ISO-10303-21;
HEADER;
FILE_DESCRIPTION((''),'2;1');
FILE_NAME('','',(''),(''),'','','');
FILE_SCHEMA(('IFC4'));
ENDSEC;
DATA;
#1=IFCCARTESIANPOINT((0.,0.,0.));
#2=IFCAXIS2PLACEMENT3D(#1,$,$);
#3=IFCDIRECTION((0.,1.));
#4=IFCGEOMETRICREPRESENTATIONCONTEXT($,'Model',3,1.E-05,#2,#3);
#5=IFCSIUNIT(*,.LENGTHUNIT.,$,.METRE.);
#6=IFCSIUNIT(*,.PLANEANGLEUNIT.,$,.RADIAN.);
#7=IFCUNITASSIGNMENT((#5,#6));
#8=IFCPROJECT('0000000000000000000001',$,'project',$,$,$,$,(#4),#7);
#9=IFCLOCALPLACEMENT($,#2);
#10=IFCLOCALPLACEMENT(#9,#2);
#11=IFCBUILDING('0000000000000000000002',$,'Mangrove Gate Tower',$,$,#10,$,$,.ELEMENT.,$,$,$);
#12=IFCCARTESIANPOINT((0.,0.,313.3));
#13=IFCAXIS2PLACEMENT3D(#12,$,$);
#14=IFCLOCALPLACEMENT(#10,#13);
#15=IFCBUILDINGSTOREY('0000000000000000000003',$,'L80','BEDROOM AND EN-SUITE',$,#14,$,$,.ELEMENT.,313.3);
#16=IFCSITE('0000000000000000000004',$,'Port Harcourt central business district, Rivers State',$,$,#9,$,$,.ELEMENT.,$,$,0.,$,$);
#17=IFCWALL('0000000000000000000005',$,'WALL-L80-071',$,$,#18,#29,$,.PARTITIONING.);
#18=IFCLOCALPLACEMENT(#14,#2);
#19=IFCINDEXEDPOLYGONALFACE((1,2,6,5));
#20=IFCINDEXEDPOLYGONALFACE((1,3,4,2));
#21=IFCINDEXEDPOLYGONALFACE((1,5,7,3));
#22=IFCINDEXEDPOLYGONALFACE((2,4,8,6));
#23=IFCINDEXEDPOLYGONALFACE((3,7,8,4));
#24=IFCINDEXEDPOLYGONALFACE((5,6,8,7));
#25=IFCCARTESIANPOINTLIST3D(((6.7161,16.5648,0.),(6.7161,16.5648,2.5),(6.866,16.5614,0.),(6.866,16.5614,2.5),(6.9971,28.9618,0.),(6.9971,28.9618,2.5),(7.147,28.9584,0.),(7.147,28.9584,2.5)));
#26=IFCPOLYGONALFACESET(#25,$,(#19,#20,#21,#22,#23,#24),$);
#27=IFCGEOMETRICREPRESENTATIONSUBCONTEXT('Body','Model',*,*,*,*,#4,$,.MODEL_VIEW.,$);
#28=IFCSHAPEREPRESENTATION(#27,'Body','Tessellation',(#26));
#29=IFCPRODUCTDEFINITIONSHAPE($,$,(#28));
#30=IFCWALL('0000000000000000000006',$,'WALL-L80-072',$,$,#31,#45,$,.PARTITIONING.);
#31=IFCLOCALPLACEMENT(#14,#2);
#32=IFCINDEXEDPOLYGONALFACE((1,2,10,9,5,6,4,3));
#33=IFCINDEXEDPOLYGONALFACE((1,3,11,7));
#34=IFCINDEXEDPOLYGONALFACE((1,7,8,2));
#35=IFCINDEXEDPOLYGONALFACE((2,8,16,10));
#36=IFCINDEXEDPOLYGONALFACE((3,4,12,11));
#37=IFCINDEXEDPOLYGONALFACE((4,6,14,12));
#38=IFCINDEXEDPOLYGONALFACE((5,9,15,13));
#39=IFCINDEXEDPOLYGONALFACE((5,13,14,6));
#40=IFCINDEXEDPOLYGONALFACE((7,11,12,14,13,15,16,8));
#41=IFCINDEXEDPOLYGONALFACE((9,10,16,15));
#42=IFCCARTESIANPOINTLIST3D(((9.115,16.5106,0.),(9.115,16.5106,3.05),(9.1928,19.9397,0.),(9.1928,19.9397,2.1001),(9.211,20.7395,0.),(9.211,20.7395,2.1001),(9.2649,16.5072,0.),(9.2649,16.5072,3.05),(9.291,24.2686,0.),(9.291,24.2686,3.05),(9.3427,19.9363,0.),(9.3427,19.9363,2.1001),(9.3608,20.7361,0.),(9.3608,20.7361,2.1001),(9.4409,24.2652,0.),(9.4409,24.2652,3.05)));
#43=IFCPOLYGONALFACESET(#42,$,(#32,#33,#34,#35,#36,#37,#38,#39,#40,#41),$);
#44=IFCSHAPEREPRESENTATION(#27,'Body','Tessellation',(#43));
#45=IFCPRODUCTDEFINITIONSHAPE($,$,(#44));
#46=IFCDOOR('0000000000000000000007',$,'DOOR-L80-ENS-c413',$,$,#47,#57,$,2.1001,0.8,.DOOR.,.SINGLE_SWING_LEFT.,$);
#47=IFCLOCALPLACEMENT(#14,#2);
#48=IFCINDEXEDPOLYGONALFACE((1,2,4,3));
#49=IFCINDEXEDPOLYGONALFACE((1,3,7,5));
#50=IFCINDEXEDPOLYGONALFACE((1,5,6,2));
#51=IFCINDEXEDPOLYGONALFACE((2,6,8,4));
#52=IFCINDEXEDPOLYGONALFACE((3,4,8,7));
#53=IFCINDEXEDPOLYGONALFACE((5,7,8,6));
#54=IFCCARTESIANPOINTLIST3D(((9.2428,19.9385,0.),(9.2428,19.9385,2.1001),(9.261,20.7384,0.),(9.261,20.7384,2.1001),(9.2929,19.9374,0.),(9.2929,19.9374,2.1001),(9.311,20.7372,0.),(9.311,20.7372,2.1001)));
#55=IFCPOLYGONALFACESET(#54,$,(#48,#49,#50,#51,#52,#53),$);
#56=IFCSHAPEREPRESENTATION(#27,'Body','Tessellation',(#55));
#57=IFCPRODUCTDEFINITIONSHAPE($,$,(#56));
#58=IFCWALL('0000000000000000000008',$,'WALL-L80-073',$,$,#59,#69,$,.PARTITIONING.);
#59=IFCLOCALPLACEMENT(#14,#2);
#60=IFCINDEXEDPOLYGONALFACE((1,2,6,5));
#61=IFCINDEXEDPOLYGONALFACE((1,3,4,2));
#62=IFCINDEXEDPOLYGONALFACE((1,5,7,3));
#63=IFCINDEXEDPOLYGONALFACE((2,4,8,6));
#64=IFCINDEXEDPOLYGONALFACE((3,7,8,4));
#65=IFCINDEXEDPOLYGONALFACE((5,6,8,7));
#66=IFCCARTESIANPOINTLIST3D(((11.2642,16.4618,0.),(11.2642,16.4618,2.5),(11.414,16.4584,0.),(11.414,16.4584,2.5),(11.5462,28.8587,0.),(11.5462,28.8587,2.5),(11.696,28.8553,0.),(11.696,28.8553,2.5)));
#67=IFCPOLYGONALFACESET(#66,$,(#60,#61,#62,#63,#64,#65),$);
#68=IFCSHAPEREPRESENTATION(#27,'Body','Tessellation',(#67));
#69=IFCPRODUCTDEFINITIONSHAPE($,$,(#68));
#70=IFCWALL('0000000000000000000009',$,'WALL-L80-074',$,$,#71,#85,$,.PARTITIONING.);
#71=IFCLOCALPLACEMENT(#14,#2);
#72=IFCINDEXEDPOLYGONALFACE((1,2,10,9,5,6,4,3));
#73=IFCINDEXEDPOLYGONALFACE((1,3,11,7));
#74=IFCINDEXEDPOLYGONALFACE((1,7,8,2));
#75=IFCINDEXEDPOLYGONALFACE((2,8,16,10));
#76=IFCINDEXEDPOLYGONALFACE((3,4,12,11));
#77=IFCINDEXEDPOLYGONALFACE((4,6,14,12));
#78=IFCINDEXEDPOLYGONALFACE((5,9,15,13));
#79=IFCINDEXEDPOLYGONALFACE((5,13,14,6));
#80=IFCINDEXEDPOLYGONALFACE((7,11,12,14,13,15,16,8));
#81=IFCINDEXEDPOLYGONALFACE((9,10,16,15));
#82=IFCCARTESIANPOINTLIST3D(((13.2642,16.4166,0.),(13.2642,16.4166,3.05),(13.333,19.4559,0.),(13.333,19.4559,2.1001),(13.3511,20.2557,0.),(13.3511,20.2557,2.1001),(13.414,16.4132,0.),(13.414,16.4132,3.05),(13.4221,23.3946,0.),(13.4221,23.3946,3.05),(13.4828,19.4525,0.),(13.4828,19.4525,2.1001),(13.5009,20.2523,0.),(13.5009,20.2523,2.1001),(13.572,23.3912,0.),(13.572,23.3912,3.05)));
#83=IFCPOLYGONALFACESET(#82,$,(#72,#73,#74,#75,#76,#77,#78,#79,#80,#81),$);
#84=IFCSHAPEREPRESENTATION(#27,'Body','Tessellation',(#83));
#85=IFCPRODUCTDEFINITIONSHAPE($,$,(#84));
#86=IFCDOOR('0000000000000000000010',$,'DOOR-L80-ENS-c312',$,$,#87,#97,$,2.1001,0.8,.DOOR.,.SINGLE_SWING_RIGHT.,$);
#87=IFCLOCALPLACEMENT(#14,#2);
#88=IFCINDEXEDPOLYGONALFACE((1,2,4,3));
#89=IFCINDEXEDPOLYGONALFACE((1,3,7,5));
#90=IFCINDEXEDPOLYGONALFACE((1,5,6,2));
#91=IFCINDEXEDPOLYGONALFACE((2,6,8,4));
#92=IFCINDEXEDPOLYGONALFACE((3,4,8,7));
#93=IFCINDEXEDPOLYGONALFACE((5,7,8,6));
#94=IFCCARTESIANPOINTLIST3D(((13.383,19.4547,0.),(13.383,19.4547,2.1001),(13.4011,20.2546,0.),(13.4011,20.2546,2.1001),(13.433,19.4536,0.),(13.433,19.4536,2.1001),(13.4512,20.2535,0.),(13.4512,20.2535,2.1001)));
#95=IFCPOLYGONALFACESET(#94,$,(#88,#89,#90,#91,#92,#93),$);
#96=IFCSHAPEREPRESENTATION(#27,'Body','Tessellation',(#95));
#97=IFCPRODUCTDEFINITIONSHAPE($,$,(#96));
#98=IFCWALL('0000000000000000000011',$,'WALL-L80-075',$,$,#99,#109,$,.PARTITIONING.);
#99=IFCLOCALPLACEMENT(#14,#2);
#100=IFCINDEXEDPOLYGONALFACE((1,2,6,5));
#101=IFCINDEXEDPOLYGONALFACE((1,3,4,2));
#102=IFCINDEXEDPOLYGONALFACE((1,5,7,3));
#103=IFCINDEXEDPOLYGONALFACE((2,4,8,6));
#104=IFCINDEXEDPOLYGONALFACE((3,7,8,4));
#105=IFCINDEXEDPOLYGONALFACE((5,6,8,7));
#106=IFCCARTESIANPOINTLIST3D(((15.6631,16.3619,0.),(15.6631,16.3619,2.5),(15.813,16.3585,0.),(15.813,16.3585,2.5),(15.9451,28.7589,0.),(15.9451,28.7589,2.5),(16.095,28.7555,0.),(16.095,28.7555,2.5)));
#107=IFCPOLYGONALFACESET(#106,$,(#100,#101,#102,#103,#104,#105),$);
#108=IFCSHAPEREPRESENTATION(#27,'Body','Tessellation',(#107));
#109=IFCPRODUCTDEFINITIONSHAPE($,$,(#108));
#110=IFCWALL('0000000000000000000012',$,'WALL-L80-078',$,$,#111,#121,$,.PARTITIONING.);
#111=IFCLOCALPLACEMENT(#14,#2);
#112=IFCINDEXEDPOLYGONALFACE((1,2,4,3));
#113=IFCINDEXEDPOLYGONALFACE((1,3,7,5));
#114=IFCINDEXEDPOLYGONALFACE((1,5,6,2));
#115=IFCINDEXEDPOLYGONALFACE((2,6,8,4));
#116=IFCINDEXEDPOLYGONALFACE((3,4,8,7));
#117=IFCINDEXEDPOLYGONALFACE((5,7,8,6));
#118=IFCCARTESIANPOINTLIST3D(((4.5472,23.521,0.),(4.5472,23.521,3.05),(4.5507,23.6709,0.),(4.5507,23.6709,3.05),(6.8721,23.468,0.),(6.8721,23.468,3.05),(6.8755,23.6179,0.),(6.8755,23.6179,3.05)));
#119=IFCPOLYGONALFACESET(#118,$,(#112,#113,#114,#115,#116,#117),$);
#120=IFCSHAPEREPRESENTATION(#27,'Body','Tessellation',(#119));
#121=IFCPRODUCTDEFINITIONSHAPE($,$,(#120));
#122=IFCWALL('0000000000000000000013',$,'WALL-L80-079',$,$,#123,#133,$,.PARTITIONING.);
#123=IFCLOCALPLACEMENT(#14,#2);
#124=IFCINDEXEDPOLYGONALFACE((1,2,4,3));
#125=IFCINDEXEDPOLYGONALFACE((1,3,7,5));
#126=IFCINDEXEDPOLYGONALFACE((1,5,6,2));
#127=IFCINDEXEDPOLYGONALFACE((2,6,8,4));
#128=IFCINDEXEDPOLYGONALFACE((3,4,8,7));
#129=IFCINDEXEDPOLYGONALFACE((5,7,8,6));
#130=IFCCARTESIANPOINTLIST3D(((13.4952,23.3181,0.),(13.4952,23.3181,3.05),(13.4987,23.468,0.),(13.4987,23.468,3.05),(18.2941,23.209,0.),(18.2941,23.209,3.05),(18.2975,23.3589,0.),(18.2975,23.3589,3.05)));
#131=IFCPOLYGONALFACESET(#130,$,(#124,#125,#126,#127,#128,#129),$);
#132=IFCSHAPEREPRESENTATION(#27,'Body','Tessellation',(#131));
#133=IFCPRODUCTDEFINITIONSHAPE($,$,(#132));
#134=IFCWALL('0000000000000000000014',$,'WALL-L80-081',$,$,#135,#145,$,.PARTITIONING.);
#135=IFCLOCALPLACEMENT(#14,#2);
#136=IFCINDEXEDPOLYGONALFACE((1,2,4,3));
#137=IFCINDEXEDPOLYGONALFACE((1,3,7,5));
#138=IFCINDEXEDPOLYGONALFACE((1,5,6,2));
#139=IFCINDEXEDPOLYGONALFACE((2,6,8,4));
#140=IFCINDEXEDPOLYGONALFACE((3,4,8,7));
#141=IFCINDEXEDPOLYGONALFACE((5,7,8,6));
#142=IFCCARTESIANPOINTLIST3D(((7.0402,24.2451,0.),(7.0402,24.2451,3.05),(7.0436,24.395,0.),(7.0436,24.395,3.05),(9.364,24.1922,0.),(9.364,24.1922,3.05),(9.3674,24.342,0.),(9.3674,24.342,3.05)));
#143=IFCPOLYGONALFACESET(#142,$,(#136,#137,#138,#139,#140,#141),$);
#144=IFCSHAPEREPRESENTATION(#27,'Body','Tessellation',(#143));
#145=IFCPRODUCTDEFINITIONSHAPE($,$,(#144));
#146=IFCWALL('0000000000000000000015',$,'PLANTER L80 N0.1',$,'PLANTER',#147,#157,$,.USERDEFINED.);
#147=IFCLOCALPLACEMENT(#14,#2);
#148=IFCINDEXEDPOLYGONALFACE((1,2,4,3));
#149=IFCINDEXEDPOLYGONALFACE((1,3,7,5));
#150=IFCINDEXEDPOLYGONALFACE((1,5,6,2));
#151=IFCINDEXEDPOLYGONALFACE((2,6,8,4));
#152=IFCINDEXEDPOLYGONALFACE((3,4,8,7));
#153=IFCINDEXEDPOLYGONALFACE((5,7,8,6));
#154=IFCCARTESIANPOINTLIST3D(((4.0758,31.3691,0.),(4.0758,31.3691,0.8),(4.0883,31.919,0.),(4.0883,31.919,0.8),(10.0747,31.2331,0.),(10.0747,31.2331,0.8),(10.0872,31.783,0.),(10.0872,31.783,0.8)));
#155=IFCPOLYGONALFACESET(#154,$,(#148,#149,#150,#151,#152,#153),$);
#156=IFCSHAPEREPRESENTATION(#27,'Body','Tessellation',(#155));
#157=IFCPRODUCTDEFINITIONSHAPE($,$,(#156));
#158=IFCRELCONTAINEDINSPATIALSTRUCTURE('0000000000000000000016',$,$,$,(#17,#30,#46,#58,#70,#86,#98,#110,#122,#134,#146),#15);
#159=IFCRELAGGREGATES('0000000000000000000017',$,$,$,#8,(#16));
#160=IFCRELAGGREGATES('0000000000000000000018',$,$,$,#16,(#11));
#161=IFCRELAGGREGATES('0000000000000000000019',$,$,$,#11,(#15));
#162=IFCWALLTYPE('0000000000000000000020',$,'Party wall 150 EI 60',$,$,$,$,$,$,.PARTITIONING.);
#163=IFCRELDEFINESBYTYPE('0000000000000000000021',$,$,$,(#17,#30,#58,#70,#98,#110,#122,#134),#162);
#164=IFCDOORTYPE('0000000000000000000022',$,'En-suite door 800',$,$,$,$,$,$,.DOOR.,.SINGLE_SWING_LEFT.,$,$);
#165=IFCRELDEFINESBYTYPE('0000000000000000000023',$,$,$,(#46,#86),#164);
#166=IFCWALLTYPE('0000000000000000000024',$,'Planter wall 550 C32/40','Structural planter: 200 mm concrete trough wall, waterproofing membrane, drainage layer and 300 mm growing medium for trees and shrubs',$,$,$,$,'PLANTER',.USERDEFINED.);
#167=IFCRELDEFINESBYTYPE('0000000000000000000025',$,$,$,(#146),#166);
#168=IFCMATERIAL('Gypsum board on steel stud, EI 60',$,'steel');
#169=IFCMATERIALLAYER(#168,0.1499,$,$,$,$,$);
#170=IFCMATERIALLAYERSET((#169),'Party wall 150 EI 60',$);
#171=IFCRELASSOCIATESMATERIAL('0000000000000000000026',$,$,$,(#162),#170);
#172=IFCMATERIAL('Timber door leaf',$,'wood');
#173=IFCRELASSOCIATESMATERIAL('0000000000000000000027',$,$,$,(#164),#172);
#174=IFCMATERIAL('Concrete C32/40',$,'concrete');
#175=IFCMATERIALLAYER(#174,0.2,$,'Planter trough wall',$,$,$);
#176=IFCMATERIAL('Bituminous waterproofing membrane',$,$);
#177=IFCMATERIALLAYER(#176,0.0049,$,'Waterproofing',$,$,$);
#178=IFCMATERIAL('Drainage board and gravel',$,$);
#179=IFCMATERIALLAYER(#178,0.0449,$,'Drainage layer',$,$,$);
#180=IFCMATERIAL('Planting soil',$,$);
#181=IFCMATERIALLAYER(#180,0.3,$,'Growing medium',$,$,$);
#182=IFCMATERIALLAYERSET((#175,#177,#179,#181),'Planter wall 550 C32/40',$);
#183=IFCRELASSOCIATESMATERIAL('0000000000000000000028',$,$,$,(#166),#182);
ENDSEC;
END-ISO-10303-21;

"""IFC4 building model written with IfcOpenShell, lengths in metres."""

from ifc_helpers import new_model, si_unit, direction, frame, frame_2d, origin, place, context, subcontext, project, spatial, rectangle, extrude, material, layer, layer_set, type_object, element, fill, save


model = new_model("IFC4")

# Units and contexts
model_context = context("Model", 3, precision=1e-05, world=origin(), true_north=direction((0.0, 1.0)))
body_context = subcontext(model_context, "Body", "Model", "MODEL_VIEW")
ifc_project = project(units=[si_unit("LENGTHUNIT", "METRE"), si_unit("PLANEANGLEUNIT", "RADIAN")], contexts=[model_context])

# Site, building, storey
site_placement = place(None, origin())
site = spatial("IfcSite", under=ifc_project, at=site_placement, Name="Port Harcourt central business district, Rivers State", CompositionType="ELEMENT", RefElevation=0.0)
building_placement = place(site_placement, origin())
building = spatial("IfcBuilding", under=site, at=building_placement, Name="Mangrove Gate Tower", CompositionType="ELEMENT")
storey_placement = place(building_placement, frame((0.0, 0.0, 313.3)))
storey = spatial("IfcBuildingStorey", under=building, at=storey_placement, Name="L80", Description="BEDROOM AND EN-SUITE", CompositionType="ELEMENT", Elevation=313.3)

# Shared definitions
ifc_material_1 = material(Name="Gypsum board on steel stud, EI 60", Category="steel")
ifc_layer_1 = layer(ifc_material_1, 0.1499)
ifc_layer_set_1 = layer_set([ifc_layer_1], Name="Party wall 150 EI 60")
wall_type_1 = type_object("IfcWallType", Name="Party wall 150 EI 60", PredefinedType="PARTITIONING", material=ifc_layer_set_1)
ifc_material_2 = material(Name="Timber door leaf", Category="wood")
door_type_1 = type_object("IfcDoorType", Name="En-suite door 800", OperationType="SINGLE_SWING_LEFT", PredefinedType="DOOR", material=ifc_material_2)

# Wall
wall_1_placement = place(storey_placement, frame((6.791, 16.563, 0.0), z_axis=(0.0, 0.0, 1.0), x_axis=(0.022661, 0.999743, 0.0)))
element("IfcWall", 1, at=wall_1_placement, inside=storey, type_object=wall_type_1, Name="WALL-L80-071", PredefinedType="PARTITIONING", context=body_context, shape_type="SweptSolid", body=[
    extrude(rectangle(XDim=12.4001, YDim=0.1499, at=frame_2d((6.2002, 0.0))), origin(), (0.0, 0.0, 1.0), 2.5),
])

# Wall, opening, door
wall_2_placement = place(storey_placement, frame((9.1899, 16.509, 0.0), z_axis=(0.0, 0.0, 1.0), x_axis=(0.022684, 0.999743, 0.0)))
wall_2 = element("IfcWall", 2, at=wall_2_placement, inside=storey, type_object=wall_type_1, Name="WALL-L80-072", PredefinedType="PARTITIONING", context=body_context, shape_type="SweptSolid", body=[
    extrude(rectangle(XDim=7.76, YDim=0.1499, at=frame_2d((3.8799, 0.0))), origin(), (0.0, 0.0, 1.0), 3.05),
])
opening_1_placement = place(wall_2_placement, frame((3.4299, 0.0, 0.0)))
opening_1 = element("IfcOpeningElement", 3, at=opening_1_placement, cuts=wall_2, PredefinedType="OPENING", context=body_context, shape_type="SweptSolid", body=[
    extrude(rectangle(XDim=0.8, YDim=2.1001, at=frame_2d((0.3999, 1.05))), frame((0.0, 0.085, 0.0), z_axis=(0.0, -1.0, 0.0), x_axis=(1.0, 0.0, 0.0)), (0.0, 0.0, 1.0), 0.1699),
])
door_1_placement = place(opening_1_placement, origin())
door_1 = element("IfcDoor", 4, at=door_1_placement, inside=storey, type_object=door_type_1, Name="DOOR-L80-ENS-c413", OperationType="SINGLE_SWING_LEFT", OverallHeight=2.1001, OverallWidth=0.8, PredefinedType="DOOR", context=body_context, shape_type="SweptSolid", body=[
    extrude(rectangle(XDim=0.8, YDim=2.1001, at=frame_2d((0.3999, 1.05))), frame((0.0, 0.0249, 0.0), z_axis=(0.0, -1.0, 0.0), x_axis=(1.0, 0.0, 0.0)), (0.0, 0.0, 1.0), 0.05),
])
fill(opening_1, door_1)

# Wall
wall_3_placement = place(storey_placement, frame((11.3391, 16.46, 0.0), z_axis=(0.0, 0.0, 1.0), x_axis=(0.02274, 0.999741, 0.0)))
element("IfcWall", 5, at=wall_3_placement, inside=storey, type_object=wall_type_1, Name="WALL-L80-073", PredefinedType="PARTITIONING", context=body_context, shape_type="SweptSolid", body=[
    extrude(rectangle(XDim=12.4001, YDim=0.1499, at=frame_2d((6.2002, 0.0))), origin(), (0.0, 0.0, 1.0), 2.5),
])

# Wall, opening, door
wall_4_placement = place(storey_placement, frame((13.3391, 16.415, 0.0), z_axis=(0.0, 0.0, 1.0), x_axis=(0.022631, 0.999744, 0.0)))
wall_4 = element("IfcWall", 6, at=wall_4_placement, inside=storey, type_object=wall_type_1, Name="WALL-L80-074", PredefinedType="PARTITIONING", context=body_context, shape_type="SweptSolid", body=[
    extrude(rectangle(XDim=6.9797, YDim=0.1499, at=frame_2d((3.4897, 0.0))), origin(), (0.0, 0.0, 1.0), 3.05),
])
opening_2_placement = place(wall_4_placement, frame((3.04, 0.0, 0.0)))
opening_2 = element("IfcOpeningElement", 7, at=opening_2_placement, cuts=wall_4, PredefinedType="OPENING", context=body_context, shape_type="SweptSolid", body=[
    extrude(rectangle(XDim=0.8, YDim=2.1001, at=frame_2d((0.3999, 1.05))), frame((0.0, 0.085, 0.0), z_axis=(0.0, -1.0, 0.0), x_axis=(1.0, 0.0, 0.0)), (0.0, 0.0, 1.0), 0.1699),
])
door_2_placement = place(opening_2_placement, origin())
door_2 = element("IfcDoor", 8, at=door_2_placement, inside=storey, type_object=door_type_1, Name="DOOR-L80-ENS-c312", OperationType="SINGLE_SWING_RIGHT", OverallHeight=2.1001, OverallWidth=0.8, PredefinedType="DOOR", context=body_context, shape_type="SweptSolid", body=[
    extrude(rectangle(XDim=0.8, YDim=2.1001, at=frame_2d((0.3999, 1.05))), frame((0.0, 0.0249, 0.0), z_axis=(0.0, -1.0, 0.0), x_axis=(1.0, 0.0, 0.0)), (0.0, 0.0, 1.0), 0.05),
])
fill(opening_2, door_2)

# Walls
wall_5_placement = place(storey_placement, frame((15.738, 16.3601, 0.0), z_axis=(0.0, 0.0, 1.0), x_axis=(0.02274, 0.999741, 0.0)))
element("IfcWall", 9, at=wall_5_placement, inside=storey, type_object=wall_type_1, Name="WALL-L80-075", PredefinedType="PARTITIONING", context=body_context, shape_type="SweptSolid", body=[
    extrude(rectangle(XDim=12.4001, YDim=0.1499, at=frame_2d((6.2002, 0.0))), origin(), (0.0, 0.0, 1.0), 2.5),
])
wall_6_placement = place(storey_placement, frame((4.5491, 23.5959, 0.0), z_axis=(0.0, 0.0, 1.0), x_axis=(0.99974, -0.022781, 0.0)))
element("IfcWall", 10, at=wall_6_placement, inside=storey, type_object=wall_type_1, Name="WALL-L80-078", PredefinedType="PARTITIONING", context=body_context, shape_type="SweptSolid", body=[
    extrude(rectangle(XDim=2.3254, YDim=0.1499, at=frame_2d((1.1626, 0.0))), origin(), (0.0, 0.0, 1.0), 3.05),
])
wall_7_placement = place(storey_placement, frame((13.4971, 23.3931, 0.0), z_axis=(0.0, 0.0, 1.0), x_axis=(0.999742, -0.022735, 0.0)))
element("IfcWall", 11, at=wall_7_placement, inside=storey, type_object=wall_type_1, Name="WALL-L80-079", PredefinedType="PARTITIONING", context=body_context, shape_type="SweptSolid", body=[
    extrude(rectangle(XDim=4.8, YDim=0.1499, at=frame_2d((2.3999, 0.0))), origin(), (0.0, 0.0, 1.0), 3.05),
])
wall_8_placement = place(storey_placement, frame((7.042, 24.3201, 0.0), z_axis=(0.0, 0.0, 1.0), x_axis=(0.99974, -0.022791, 0.0)))
element("IfcWall", 12, at=wall_8_placement, inside=storey, type_object=wall_type_1, Name="WALL-L80-081", PredefinedType="PARTITIONING", context=body_context, shape_type="SweptSolid", body=[
    extrude(rectangle(XDim=2.3245, YDim=0.1499, at=frame_2d((1.1621, 0.0))), origin(), (0.0, 0.0, 1.0), 3.05),
])
ifc_material_3 = material(Name="Concrete C32/40", Category="concrete")
ifc_layer_2 = layer(ifc_material_3, 0.2, Name="Planter trough wall")
ifc_material_4 = material(Name="Bituminous waterproofing membrane")
ifc_layer_3 = layer(ifc_material_4, 0.0049, Name="Waterproofing")
ifc_material_5 = material(Name="Drainage board and gravel")
ifc_layer_4 = layer(ifc_material_5, 0.0449, Name="Drainage layer")
ifc_material_6 = material(Name="Planting soil")
ifc_layer_5 = layer(ifc_material_6, 0.3, Name="Growing medium")
ifc_layer_set_2 = layer_set([ifc_layer_2, ifc_layer_3, ifc_layer_4, ifc_layer_5], Name="Planter wall 550 C32/40")
wall_type_2 = type_object("IfcWallType", Name="Planter wall 550 C32/40", Description="Structural planter: 200 mm concrete trough wall, waterproofing membrane, drainage layer and 300 mm growing medium for trees and shrubs", ElementType="PLANTER", PredefinedType="USERDEFINED", material=ifc_layer_set_2)
wall_9_placement = place(storey_placement, frame((4.082, 31.644, 0.0), z_axis=(0.0, 0.0, 1.0), x_axis=(0.999743, -0.022662, 0.0)))
element("IfcWall", 13, at=wall_9_placement, inside=storey, type_object=wall_type_2, Name="PLANTER L80 N0.1", ObjectType="PLANTER", PredefinedType="USERDEFINED", context=body_context, shape_type="SweptSolid", body=[
    extrude(rectangle(XDim=6.0005, YDim=0.55, at=frame_2d((3.0002, 0.0))), origin(), (0.0, 0.0, 1.0), 0.8),
])

save(model, "model.ifc")
